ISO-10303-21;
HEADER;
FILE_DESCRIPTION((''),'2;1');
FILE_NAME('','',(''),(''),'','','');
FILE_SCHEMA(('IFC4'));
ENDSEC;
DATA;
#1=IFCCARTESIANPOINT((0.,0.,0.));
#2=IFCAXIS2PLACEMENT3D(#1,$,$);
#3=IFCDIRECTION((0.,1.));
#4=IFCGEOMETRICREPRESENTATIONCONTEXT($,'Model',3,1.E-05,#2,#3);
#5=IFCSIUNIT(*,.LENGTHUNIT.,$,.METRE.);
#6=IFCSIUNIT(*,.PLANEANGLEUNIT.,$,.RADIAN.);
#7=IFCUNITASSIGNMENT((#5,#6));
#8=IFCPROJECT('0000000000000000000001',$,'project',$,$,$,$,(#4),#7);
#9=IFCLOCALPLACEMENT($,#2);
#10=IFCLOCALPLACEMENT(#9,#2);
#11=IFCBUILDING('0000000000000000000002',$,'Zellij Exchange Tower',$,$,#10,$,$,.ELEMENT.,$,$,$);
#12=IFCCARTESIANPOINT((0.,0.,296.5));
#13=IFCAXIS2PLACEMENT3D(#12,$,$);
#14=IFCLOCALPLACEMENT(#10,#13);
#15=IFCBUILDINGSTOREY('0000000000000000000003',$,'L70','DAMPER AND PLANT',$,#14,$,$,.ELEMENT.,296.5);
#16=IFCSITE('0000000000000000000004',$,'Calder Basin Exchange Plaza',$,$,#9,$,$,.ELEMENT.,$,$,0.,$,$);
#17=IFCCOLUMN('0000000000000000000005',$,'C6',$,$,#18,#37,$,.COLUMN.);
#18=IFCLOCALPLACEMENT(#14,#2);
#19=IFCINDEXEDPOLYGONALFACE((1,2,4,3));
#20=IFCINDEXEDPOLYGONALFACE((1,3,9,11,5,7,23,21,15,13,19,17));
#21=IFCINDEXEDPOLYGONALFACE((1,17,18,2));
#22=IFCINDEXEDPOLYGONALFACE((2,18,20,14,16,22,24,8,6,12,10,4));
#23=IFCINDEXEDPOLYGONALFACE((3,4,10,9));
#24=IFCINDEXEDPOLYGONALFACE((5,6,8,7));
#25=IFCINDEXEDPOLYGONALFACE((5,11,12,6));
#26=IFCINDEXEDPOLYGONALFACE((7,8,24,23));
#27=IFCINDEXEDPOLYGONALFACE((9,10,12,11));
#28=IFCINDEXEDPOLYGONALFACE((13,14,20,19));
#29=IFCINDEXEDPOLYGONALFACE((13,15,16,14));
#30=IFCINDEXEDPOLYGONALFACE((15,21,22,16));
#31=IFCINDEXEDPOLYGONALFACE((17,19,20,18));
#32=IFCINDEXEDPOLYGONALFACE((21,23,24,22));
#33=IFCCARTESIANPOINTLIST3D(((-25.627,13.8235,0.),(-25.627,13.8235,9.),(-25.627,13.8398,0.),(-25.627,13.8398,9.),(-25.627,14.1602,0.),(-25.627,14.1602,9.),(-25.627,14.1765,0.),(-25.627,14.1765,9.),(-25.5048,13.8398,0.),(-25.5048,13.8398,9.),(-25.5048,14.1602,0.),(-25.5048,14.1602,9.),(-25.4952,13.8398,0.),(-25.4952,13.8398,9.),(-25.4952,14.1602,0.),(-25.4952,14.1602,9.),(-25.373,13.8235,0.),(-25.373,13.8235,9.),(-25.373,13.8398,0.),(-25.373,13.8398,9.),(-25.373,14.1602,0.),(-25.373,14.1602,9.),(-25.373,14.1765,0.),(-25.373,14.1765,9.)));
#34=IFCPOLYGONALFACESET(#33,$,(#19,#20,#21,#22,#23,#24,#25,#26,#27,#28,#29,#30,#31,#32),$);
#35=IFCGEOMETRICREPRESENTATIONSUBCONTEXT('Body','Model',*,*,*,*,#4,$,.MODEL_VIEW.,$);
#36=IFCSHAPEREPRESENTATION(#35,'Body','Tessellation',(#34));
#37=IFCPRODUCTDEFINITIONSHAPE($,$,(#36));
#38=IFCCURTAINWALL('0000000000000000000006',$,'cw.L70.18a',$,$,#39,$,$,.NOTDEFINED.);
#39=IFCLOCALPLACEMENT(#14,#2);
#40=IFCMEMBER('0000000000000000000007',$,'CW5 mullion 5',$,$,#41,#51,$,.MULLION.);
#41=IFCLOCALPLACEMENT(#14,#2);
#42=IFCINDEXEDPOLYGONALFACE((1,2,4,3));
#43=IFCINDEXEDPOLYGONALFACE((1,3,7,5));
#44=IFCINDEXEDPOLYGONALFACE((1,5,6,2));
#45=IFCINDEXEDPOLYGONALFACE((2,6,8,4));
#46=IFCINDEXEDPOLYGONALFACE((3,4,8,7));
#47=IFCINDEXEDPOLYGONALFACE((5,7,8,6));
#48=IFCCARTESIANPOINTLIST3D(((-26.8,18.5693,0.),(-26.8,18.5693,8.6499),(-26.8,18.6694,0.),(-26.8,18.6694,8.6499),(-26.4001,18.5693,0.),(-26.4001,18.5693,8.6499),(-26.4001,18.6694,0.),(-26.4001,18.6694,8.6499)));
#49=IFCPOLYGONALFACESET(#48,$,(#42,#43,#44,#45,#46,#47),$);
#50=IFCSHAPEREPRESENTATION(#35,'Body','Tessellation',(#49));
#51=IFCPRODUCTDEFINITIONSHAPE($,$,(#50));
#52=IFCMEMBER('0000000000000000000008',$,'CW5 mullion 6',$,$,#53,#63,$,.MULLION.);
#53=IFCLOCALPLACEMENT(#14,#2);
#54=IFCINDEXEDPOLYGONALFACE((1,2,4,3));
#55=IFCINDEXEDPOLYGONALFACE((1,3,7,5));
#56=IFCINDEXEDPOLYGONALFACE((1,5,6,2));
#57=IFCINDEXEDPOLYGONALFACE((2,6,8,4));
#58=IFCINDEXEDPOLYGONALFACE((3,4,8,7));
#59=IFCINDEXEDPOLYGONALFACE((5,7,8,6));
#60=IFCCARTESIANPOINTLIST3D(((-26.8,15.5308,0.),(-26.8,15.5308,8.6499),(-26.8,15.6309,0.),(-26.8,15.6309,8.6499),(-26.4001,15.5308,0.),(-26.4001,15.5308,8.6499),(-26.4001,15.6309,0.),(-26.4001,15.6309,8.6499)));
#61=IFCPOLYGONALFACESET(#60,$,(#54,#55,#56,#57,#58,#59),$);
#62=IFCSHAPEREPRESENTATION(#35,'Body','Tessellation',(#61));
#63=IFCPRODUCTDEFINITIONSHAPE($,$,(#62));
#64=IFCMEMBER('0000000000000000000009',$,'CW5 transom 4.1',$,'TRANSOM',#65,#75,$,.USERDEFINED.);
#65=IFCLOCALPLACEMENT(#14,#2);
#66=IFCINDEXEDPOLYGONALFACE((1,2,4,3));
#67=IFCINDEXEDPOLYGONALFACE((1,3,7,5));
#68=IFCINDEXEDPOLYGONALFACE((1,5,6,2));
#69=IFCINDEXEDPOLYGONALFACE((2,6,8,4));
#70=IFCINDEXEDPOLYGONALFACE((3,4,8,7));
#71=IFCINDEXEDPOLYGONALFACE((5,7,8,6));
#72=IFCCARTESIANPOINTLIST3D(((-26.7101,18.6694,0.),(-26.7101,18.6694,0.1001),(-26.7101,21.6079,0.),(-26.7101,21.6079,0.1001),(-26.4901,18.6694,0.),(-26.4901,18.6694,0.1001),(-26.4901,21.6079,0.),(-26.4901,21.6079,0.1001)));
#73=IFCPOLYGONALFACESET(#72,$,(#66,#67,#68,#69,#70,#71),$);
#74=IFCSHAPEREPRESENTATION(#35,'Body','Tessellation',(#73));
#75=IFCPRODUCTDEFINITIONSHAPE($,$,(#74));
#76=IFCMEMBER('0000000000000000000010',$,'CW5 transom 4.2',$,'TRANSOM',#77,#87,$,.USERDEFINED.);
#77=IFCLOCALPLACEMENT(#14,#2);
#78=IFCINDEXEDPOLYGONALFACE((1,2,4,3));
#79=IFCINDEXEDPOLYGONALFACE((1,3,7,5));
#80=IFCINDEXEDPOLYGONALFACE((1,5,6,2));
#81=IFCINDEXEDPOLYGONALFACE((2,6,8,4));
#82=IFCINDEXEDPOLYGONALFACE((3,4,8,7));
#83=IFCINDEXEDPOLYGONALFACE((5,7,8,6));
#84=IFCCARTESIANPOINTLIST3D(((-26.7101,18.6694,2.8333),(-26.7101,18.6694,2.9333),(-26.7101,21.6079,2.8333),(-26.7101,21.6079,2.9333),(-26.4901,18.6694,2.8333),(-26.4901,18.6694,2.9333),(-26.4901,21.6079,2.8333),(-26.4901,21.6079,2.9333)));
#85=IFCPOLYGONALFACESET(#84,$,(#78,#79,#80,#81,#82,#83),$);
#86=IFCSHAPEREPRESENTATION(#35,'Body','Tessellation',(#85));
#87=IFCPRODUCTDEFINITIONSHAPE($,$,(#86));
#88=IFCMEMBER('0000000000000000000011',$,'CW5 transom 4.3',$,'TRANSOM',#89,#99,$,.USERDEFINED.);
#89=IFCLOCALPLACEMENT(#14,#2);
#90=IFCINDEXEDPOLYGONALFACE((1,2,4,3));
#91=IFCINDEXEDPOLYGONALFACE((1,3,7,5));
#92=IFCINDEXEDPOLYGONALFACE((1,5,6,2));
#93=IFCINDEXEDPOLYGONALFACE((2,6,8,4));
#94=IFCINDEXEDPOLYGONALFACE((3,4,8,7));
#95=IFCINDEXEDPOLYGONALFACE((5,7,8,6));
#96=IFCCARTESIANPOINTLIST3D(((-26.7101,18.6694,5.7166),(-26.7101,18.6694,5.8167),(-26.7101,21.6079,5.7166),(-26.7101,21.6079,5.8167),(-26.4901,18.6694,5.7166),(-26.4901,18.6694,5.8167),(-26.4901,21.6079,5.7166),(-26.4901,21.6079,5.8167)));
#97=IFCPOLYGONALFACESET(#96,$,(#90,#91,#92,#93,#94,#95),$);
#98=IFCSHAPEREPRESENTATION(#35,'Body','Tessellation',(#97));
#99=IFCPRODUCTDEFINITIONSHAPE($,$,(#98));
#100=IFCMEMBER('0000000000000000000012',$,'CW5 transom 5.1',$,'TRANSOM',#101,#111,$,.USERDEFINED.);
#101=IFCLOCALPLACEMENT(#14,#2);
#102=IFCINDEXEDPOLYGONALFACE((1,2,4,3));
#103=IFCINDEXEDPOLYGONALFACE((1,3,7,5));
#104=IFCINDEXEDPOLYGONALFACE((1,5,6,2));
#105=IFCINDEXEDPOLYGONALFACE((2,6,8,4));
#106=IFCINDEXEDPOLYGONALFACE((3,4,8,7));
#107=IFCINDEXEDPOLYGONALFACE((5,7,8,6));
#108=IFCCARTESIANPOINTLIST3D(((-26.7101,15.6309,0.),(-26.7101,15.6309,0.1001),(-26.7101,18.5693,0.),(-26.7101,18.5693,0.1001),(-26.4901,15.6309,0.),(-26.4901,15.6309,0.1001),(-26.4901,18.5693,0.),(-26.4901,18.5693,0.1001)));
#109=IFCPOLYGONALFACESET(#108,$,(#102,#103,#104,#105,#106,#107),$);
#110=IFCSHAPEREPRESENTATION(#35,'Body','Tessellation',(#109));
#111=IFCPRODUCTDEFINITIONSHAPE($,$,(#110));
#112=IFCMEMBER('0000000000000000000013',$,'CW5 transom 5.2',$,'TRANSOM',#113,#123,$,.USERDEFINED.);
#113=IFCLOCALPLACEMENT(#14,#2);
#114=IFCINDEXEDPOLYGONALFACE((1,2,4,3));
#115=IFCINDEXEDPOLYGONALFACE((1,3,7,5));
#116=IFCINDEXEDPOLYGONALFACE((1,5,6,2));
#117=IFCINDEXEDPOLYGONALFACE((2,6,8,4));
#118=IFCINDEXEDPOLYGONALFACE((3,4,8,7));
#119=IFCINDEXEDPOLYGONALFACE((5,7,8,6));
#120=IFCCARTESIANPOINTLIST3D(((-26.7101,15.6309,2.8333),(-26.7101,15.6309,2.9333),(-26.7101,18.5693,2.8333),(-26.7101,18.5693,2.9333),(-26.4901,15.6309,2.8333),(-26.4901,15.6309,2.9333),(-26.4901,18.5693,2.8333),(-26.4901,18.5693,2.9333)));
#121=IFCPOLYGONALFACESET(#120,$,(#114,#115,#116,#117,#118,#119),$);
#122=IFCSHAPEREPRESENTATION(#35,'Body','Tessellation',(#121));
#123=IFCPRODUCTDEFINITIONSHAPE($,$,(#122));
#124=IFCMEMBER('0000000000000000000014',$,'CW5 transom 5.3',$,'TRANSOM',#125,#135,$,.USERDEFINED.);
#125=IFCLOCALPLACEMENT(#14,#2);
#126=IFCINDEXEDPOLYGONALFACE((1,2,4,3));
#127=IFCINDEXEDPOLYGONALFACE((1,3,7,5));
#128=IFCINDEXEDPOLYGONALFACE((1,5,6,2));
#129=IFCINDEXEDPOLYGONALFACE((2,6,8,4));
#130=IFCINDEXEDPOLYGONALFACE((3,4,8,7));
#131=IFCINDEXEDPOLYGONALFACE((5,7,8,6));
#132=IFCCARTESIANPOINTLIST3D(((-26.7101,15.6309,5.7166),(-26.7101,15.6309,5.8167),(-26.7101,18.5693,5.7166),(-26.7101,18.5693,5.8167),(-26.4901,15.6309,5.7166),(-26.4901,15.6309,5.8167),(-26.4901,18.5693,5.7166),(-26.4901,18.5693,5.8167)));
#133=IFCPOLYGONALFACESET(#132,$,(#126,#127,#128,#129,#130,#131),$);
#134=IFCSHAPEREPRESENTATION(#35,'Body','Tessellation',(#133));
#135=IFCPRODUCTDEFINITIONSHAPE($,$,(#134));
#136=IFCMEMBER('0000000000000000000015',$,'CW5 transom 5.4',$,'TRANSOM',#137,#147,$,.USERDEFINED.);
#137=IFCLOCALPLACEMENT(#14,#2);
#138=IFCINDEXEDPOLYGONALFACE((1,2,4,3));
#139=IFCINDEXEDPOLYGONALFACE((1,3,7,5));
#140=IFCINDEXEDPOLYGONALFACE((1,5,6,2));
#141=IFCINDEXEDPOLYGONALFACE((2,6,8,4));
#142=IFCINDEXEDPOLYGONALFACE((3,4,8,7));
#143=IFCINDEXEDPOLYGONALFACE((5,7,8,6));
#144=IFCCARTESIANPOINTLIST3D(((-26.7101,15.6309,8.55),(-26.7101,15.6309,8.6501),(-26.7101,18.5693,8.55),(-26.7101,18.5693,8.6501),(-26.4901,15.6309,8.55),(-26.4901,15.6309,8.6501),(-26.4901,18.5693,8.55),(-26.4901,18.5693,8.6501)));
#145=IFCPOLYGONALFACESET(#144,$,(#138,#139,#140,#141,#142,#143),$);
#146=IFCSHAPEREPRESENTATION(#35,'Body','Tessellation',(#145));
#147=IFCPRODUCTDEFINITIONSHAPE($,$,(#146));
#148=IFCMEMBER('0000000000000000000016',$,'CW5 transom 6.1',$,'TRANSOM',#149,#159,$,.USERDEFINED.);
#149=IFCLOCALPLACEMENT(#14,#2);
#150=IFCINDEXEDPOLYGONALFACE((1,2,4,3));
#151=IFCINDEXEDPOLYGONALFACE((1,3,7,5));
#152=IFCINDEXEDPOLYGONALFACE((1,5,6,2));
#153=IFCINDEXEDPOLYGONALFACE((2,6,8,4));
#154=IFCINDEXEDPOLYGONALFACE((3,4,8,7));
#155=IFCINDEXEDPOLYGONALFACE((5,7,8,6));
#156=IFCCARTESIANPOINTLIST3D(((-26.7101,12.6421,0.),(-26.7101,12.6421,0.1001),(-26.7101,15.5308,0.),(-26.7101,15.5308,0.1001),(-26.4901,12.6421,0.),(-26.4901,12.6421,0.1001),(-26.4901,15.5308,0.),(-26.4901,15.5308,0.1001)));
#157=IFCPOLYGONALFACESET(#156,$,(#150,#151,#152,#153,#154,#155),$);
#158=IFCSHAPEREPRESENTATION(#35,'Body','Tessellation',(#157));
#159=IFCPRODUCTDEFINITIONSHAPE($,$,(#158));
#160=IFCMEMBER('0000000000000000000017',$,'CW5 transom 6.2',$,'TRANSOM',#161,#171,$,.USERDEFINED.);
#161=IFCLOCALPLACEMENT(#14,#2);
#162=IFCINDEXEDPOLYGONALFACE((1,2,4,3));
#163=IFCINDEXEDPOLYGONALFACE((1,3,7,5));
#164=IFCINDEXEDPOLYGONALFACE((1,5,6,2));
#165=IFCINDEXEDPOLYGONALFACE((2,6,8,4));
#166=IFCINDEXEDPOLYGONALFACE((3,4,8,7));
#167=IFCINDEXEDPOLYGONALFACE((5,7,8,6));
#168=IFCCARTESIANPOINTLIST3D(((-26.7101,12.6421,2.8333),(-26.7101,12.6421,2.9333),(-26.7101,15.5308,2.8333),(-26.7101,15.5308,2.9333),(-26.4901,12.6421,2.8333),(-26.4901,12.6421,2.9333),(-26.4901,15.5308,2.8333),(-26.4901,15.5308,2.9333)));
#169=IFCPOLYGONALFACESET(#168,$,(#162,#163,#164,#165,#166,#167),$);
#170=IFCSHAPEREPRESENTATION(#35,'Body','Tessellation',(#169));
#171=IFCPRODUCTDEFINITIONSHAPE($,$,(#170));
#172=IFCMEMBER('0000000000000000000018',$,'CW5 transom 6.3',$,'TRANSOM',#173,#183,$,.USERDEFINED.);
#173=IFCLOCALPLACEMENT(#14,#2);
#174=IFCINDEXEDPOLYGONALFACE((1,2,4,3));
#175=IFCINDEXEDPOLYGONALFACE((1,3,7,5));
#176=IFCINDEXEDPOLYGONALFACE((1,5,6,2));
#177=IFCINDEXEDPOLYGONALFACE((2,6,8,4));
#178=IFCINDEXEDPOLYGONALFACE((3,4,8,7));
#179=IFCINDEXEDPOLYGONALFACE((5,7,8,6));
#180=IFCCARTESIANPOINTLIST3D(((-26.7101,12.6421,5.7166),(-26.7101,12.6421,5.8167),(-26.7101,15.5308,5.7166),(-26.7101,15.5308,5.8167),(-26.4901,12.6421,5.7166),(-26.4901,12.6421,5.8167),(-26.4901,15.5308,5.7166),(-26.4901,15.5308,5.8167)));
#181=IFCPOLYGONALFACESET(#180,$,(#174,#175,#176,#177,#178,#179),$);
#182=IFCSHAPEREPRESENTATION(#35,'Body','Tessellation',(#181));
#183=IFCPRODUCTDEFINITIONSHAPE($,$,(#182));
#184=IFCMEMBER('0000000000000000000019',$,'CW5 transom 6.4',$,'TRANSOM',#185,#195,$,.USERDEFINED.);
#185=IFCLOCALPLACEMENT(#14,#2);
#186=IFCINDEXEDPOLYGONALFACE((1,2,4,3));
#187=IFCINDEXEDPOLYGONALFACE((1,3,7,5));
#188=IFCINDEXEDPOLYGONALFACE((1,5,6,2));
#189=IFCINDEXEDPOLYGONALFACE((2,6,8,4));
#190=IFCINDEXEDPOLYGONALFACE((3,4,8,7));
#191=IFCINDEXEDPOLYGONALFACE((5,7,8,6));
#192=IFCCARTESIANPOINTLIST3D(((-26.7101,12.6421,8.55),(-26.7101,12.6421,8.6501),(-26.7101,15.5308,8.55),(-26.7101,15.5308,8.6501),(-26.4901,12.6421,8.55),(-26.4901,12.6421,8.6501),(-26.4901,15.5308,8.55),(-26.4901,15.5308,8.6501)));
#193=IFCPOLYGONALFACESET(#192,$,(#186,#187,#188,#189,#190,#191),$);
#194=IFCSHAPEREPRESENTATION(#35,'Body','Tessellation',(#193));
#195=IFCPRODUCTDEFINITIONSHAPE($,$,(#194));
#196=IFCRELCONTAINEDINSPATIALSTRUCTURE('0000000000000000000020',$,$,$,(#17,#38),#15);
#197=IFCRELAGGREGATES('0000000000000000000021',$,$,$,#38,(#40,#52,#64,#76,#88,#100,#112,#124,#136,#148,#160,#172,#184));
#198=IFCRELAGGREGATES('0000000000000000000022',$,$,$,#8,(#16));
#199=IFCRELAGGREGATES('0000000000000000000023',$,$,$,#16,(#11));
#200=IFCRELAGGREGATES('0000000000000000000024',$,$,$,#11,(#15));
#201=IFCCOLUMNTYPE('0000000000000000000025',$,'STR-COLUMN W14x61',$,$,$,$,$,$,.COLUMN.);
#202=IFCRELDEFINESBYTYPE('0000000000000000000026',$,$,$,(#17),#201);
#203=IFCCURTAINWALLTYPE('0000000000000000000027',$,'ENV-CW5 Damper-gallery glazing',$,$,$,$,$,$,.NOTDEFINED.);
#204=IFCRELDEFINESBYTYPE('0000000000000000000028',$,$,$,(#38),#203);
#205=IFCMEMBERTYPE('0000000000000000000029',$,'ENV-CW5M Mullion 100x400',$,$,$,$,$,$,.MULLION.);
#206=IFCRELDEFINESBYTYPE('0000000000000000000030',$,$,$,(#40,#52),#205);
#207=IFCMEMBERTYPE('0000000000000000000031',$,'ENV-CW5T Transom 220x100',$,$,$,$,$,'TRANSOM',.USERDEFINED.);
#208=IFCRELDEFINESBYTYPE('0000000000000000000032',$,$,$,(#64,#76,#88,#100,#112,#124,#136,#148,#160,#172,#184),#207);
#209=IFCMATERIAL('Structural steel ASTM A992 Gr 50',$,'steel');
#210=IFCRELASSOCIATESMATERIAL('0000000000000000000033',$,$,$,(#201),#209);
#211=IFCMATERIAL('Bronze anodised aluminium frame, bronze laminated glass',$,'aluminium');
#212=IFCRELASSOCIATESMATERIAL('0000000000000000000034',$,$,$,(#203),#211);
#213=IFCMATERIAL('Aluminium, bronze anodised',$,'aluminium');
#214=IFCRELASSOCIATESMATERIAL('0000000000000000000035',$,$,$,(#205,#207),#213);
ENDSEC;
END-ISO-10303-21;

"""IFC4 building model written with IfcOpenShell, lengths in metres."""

from ifc_helpers import new_model, si_unit, direction, frame, origin, origin_2d, place, context, subcontext, project, spatial, rectangle, i_section, extrude, material, material_profile, profile_set, type_object, element, aggregate, save


model = new_model("IFC4")

# Units and contexts
model_context = context("Model", 3, precision=1e-05, world=origin(), true_north=direction((0.0, 1.0)))
body_context = subcontext(model_context, "Body", "Model", "MODEL_VIEW")
ifc_project = project(units=[si_unit("LENGTHUNIT", "METRE"), si_unit("PLANEANGLEUNIT", "RADIAN")], contexts=[model_context])

# Site, building, storey
site_placement = place(None, origin())
site = spatial("IfcSite", under=ifc_project, at=site_placement, Name="Calder Basin Exchange Plaza", CompositionType="ELEMENT", RefElevation=0.0)
building_placement = place(site_placement, origin())
building = spatial("IfcBuilding", under=site, at=building_placement, Name="Zellij Exchange Tower", CompositionType="ELEMENT")
storey_placement = place(building_placement, frame((0.0, 0.0, 296.5)))
storey = spatial("IfcBuildingStorey", under=building, at=storey_placement, Name="L70", Description="DAMPER AND PLANT", CompositionType="ELEMENT", Elevation=296.5)

# Column
ifc_material_1 = material(Name="Structural steel ASTM A992 Gr 50", Category="steel")
ifc_material_profile_1 = material_profile(ifc_material_1, i_section(OverallWidth=0.2539, OverallDepth=0.353, WebThickness=0.0095, FlangeThickness=0.0164, at=origin_2d()), Name="W14x61")
ifc_profile_set_1 = profile_set([ifc_material_profile_1], Name="Structural steel ASTM A992 Gr 50")
column_type = type_object("IfcColumnType", Name="STR-COLUMN W14x61", PredefinedType="COLUMN", material=ifc_profile_set_1)
column_placement = place(storey_placement, frame((-25.5, 14.0, 0.0), z_axis=(0.0, 0.0, 1.0), x_axis=(1.0, 0.0, 0.0)))
element("IfcColumn", 1, at=column_placement, inside=storey, type_object=column_type, Name="C6", PredefinedType="COLUMN", context=body_context, shape_type="SweptSolid", body=[
    extrude(i_section(OverallWidth=0.2539, OverallDepth=0.353, WebThickness=0.0095, FlangeThickness=0.0164, at=origin_2d()), origin(), (0.0, 0.0, 1.0), 9.0),
])

# Curtain wall, members
ifc_material_2 = material(Name="Bronze anodised aluminium frame, bronze laminated glass", Category="aluminium")
curtain_wall_type = type_object("IfcCurtainWallType", Name="ENV-CW5 Damper-gallery glazing", PredefinedType="NOTDEFINED", material=ifc_material_2)
curtain_wall_placement = place(storey_placement, origin())
curtain_wall = element("IfcCurtainWall", 2, at=curtain_wall_placement, inside=storey, type_object=curtain_wall_type, Name="cw.L70.18a", PredefinedType="NOTDEFINED")
ifc_material_3 = material(Name="Aluminium, bronze anodised", Category="aluminium")
ifc_material_profile_2 = material_profile(ifc_material_3, rectangle(XDim=0.1001, YDim=0.3999, at=origin_2d()), Name="AL 100x400")
ifc_profile_set_2 = profile_set([ifc_material_profile_2], Name="Aluminium, bronze anodised")
member_type_1 = type_object("IfcMemberType", Name="ENV-CW5M Mullion 100x400", PredefinedType="MULLION", material=ifc_profile_set_2)
member_1_placement = place(storey_placement, frame((-26.6001, 18.6194, 0.0), z_axis=(0.0, 0.0, 1.0), x_axis=(0.0, -1.0, 0.0)))
member_1 = element("IfcMember", 3, at=member_1_placement, type_object=member_type_1, Name="CW5 mullion 5", PredefinedType="MULLION", context=body_context, shape_type="SweptSolid", body=[
    extrude(rectangle(XDim=0.1001, YDim=0.3999, at=origin_2d()), origin(), (0.0, 0.0, 1.0), 8.6499),
])
member_2_placement = place(storey_placement, frame((-26.6001, 15.5808, 0.0), z_axis=(0.0, 0.0, 1.0), x_axis=(0.0, -1.0, 0.0)))
member_2 = element("IfcMember", 4, at=member_2_placement, type_object=member_type_1, Name="CW5 mullion 6", PredefinedType="MULLION", context=body_context, shape_type="SweptSolid", body=[
    extrude(rectangle(XDim=0.1001, YDim=0.3999, at=origin_2d()), origin(), (0.0, 0.0, 1.0), 8.6499),
])
ifc_material_profile_3 = material_profile(ifc_material_3, rectangle(XDim=0.22, YDim=0.1001, at=origin_2d()), Name="AL 220x100")
ifc_profile_set_3 = profile_set([ifc_material_profile_3], Name="Aluminium, bronze anodised")
member_type_2 = type_object("IfcMemberType", Name="ENV-CW5T Transom 220x100", ElementType="TRANSOM", PredefinedType="USERDEFINED", material=ifc_profile_set_3)
member_3_placement = place(storey_placement, frame((-26.6001, 21.6079, 0.05), z_axis=(0.0, -1.0, 0.0), x_axis=(1.0, 0.0, 0.0)))
member_3 = element("IfcMember", 5, at=member_3_placement, type_object=member_type_2, Name="CW5 transom 4.1", ObjectType="TRANSOM", PredefinedType="USERDEFINED", context=body_context, shape_type="SweptSolid", body=[
    extrude(rectangle(XDim=0.22, YDim=0.1001, at=origin_2d()), origin(), (0.0, 0.0, 1.0), 2.9385),
])
member_4_placement = place(storey_placement, frame((-26.6001, 21.6079, 2.8833), z_axis=(0.0, -1.0, 0.0), x_axis=(1.0, 0.0, 0.0)))
member_4 = element("IfcMember", 6, at=member_4_placement, type_object=member_type_2, Name="CW5 transom 4.2", ObjectType="TRANSOM", PredefinedType="USERDEFINED", context=body_context, shape_type="SweptSolid", body=[
    extrude(rectangle(XDim=0.22, YDim=0.1001, at=origin_2d()), origin(), (0.0, 0.0, 1.0), 2.9385),
])
member_5_placement = place(storey_placement, frame((-26.6001, 21.6079, 5.7666), z_axis=(0.0, -1.0, 0.0), x_axis=(1.0, 0.0, 0.0)))
member_5 = element("IfcMember", 7, at=member_5_placement, type_object=member_type_2, Name="CW5 transom 4.3", ObjectType="TRANSOM", PredefinedType="USERDEFINED", context=body_context, shape_type="SweptSolid", body=[
    extrude(rectangle(XDim=0.22, YDim=0.1001, at=origin_2d()), origin(), (0.0, 0.0, 1.0), 2.9385),
])
member_6_placement = place(storey_placement, frame((-26.6001, 18.5693, 0.05), z_axis=(0.0, -1.0, 0.0), x_axis=(1.0, 0.0, 0.0)))
member_6 = element("IfcMember", 8, at=member_6_placement, type_object=member_type_2, Name="CW5 transom 5.1", ObjectType="TRANSOM", PredefinedType="USERDEFINED", context=body_context, shape_type="SweptSolid", body=[
    extrude(rectangle(XDim=0.22, YDim=0.1001, at=origin_2d()), origin(), (0.0, 0.0, 1.0), 2.9385),
])
member_7_placement = place(storey_placement, frame((-26.6001, 18.5693, 2.8833), z_axis=(0.0, -1.0, 0.0), x_axis=(1.0, 0.0, 0.0)))
member_7 = element("IfcMember", 9, at=member_7_placement, type_object=member_type_2, Name="CW5 transom 5.2", ObjectType="TRANSOM", PredefinedType="USERDEFINED", context=body_context, shape_type="SweptSolid", body=[
    extrude(rectangle(XDim=0.22, YDim=0.1001, at=origin_2d()), origin(), (0.0, 0.0, 1.0), 2.9385),
])
member_8_placement = place(storey_placement, frame((-26.6001, 18.5693, 5.7666), z_axis=(0.0, -1.0, 0.0), x_axis=(1.0, 0.0, 0.0)))
member_8 = element("IfcMember", 10, at=member_8_placement, type_object=member_type_2, Name="CW5 transom 5.3", ObjectType="TRANSOM", PredefinedType="USERDEFINED", context=body_context, shape_type="SweptSolid", body=[
    extrude(rectangle(XDim=0.22, YDim=0.1001, at=origin_2d()), origin(), (0.0, 0.0, 1.0), 2.9385),
])
member_9_placement = place(storey_placement, frame((-26.6001, 18.5693, 8.6001), z_axis=(0.0, -1.0, 0.0), x_axis=(1.0, 0.0, 0.0)))
member_9 = element("IfcMember", 11, at=member_9_placement, type_object=member_type_2, Name="CW5 transom 5.4", ObjectType="TRANSOM", PredefinedType="USERDEFINED", context=body_context, shape_type="SweptSolid", body=[
    extrude(rectangle(XDim=0.22, YDim=0.1001, at=origin_2d()), origin(), (0.0, 0.0, 1.0), 2.9385),
])
member_10_placement = place(storey_placement, frame((-26.6001, 15.5308, 0.05), z_axis=(0.0, -1.0, 0.0), x_axis=(1.0, 0.0, 0.0)))
member_10 = element("IfcMember", 12, at=member_10_placement, type_object=member_type_2, Name="CW5 transom 6.1", ObjectType="TRANSOM", PredefinedType="USERDEFINED", context=body_context, shape_type="SweptSolid", body=[
    extrude(rectangle(XDim=0.22, YDim=0.1001, at=origin_2d()), origin(), (0.0, 0.0, 1.0), 2.8887),
])
member_11_placement = place(storey_placement, frame((-26.6001, 15.5308, 2.8833), z_axis=(0.0, -1.0, 0.0), x_axis=(1.0, 0.0, 0.0)))
member_11 = element("IfcMember", 13, at=member_11_placement, type_object=member_type_2, Name="CW5 transom 6.2", ObjectType="TRANSOM", PredefinedType="USERDEFINED", context=body_context, shape_type="SweptSolid", body=[
    extrude(rectangle(XDim=0.22, YDim=0.1001, at=origin_2d()), origin(), (0.0, 0.0, 1.0), 2.8887),
])
member_12_placement = place(storey_placement, frame((-26.6001, 15.5308, 5.7666), z_axis=(0.0, -1.0, 0.0), x_axis=(1.0, 0.0, 0.0)))
member_12 = element("IfcMember", 14, at=member_12_placement, type_object=member_type_2, Name="CW5 transom 6.3", ObjectType="TRANSOM", PredefinedType="USERDEFINED", context=body_context, shape_type="SweptSolid", body=[
    extrude(rectangle(XDim=0.22, YDim=0.1001, at=origin_2d()), origin(), (0.0, 0.0, 1.0), 2.8887),
])
member_13_placement = place(storey_placement, frame((-26.6001, 15.5308, 8.6001), z_axis=(0.0, -1.0, 0.0), x_axis=(1.0, 0.0, 0.0)))
member_13 = element("IfcMember", 15, at=member_13_placement, type_object=member_type_2, Name="CW5 transom 6.4", ObjectType="TRANSOM", PredefinedType="USERDEFINED", context=body_context, shape_type="SweptSolid", body=[
    extrude(rectangle(XDim=0.22, YDim=0.1001, at=origin_2d()), origin(), (0.0, 0.0, 1.0), 2.8887),
])

aggregate(curtain_wall, [member_1, member_2, member_3, member_4, member_5, member_6, member_7, member_8, member_9, member_10, member_11, member_12, member_13])

save(model, "model.ifc")
